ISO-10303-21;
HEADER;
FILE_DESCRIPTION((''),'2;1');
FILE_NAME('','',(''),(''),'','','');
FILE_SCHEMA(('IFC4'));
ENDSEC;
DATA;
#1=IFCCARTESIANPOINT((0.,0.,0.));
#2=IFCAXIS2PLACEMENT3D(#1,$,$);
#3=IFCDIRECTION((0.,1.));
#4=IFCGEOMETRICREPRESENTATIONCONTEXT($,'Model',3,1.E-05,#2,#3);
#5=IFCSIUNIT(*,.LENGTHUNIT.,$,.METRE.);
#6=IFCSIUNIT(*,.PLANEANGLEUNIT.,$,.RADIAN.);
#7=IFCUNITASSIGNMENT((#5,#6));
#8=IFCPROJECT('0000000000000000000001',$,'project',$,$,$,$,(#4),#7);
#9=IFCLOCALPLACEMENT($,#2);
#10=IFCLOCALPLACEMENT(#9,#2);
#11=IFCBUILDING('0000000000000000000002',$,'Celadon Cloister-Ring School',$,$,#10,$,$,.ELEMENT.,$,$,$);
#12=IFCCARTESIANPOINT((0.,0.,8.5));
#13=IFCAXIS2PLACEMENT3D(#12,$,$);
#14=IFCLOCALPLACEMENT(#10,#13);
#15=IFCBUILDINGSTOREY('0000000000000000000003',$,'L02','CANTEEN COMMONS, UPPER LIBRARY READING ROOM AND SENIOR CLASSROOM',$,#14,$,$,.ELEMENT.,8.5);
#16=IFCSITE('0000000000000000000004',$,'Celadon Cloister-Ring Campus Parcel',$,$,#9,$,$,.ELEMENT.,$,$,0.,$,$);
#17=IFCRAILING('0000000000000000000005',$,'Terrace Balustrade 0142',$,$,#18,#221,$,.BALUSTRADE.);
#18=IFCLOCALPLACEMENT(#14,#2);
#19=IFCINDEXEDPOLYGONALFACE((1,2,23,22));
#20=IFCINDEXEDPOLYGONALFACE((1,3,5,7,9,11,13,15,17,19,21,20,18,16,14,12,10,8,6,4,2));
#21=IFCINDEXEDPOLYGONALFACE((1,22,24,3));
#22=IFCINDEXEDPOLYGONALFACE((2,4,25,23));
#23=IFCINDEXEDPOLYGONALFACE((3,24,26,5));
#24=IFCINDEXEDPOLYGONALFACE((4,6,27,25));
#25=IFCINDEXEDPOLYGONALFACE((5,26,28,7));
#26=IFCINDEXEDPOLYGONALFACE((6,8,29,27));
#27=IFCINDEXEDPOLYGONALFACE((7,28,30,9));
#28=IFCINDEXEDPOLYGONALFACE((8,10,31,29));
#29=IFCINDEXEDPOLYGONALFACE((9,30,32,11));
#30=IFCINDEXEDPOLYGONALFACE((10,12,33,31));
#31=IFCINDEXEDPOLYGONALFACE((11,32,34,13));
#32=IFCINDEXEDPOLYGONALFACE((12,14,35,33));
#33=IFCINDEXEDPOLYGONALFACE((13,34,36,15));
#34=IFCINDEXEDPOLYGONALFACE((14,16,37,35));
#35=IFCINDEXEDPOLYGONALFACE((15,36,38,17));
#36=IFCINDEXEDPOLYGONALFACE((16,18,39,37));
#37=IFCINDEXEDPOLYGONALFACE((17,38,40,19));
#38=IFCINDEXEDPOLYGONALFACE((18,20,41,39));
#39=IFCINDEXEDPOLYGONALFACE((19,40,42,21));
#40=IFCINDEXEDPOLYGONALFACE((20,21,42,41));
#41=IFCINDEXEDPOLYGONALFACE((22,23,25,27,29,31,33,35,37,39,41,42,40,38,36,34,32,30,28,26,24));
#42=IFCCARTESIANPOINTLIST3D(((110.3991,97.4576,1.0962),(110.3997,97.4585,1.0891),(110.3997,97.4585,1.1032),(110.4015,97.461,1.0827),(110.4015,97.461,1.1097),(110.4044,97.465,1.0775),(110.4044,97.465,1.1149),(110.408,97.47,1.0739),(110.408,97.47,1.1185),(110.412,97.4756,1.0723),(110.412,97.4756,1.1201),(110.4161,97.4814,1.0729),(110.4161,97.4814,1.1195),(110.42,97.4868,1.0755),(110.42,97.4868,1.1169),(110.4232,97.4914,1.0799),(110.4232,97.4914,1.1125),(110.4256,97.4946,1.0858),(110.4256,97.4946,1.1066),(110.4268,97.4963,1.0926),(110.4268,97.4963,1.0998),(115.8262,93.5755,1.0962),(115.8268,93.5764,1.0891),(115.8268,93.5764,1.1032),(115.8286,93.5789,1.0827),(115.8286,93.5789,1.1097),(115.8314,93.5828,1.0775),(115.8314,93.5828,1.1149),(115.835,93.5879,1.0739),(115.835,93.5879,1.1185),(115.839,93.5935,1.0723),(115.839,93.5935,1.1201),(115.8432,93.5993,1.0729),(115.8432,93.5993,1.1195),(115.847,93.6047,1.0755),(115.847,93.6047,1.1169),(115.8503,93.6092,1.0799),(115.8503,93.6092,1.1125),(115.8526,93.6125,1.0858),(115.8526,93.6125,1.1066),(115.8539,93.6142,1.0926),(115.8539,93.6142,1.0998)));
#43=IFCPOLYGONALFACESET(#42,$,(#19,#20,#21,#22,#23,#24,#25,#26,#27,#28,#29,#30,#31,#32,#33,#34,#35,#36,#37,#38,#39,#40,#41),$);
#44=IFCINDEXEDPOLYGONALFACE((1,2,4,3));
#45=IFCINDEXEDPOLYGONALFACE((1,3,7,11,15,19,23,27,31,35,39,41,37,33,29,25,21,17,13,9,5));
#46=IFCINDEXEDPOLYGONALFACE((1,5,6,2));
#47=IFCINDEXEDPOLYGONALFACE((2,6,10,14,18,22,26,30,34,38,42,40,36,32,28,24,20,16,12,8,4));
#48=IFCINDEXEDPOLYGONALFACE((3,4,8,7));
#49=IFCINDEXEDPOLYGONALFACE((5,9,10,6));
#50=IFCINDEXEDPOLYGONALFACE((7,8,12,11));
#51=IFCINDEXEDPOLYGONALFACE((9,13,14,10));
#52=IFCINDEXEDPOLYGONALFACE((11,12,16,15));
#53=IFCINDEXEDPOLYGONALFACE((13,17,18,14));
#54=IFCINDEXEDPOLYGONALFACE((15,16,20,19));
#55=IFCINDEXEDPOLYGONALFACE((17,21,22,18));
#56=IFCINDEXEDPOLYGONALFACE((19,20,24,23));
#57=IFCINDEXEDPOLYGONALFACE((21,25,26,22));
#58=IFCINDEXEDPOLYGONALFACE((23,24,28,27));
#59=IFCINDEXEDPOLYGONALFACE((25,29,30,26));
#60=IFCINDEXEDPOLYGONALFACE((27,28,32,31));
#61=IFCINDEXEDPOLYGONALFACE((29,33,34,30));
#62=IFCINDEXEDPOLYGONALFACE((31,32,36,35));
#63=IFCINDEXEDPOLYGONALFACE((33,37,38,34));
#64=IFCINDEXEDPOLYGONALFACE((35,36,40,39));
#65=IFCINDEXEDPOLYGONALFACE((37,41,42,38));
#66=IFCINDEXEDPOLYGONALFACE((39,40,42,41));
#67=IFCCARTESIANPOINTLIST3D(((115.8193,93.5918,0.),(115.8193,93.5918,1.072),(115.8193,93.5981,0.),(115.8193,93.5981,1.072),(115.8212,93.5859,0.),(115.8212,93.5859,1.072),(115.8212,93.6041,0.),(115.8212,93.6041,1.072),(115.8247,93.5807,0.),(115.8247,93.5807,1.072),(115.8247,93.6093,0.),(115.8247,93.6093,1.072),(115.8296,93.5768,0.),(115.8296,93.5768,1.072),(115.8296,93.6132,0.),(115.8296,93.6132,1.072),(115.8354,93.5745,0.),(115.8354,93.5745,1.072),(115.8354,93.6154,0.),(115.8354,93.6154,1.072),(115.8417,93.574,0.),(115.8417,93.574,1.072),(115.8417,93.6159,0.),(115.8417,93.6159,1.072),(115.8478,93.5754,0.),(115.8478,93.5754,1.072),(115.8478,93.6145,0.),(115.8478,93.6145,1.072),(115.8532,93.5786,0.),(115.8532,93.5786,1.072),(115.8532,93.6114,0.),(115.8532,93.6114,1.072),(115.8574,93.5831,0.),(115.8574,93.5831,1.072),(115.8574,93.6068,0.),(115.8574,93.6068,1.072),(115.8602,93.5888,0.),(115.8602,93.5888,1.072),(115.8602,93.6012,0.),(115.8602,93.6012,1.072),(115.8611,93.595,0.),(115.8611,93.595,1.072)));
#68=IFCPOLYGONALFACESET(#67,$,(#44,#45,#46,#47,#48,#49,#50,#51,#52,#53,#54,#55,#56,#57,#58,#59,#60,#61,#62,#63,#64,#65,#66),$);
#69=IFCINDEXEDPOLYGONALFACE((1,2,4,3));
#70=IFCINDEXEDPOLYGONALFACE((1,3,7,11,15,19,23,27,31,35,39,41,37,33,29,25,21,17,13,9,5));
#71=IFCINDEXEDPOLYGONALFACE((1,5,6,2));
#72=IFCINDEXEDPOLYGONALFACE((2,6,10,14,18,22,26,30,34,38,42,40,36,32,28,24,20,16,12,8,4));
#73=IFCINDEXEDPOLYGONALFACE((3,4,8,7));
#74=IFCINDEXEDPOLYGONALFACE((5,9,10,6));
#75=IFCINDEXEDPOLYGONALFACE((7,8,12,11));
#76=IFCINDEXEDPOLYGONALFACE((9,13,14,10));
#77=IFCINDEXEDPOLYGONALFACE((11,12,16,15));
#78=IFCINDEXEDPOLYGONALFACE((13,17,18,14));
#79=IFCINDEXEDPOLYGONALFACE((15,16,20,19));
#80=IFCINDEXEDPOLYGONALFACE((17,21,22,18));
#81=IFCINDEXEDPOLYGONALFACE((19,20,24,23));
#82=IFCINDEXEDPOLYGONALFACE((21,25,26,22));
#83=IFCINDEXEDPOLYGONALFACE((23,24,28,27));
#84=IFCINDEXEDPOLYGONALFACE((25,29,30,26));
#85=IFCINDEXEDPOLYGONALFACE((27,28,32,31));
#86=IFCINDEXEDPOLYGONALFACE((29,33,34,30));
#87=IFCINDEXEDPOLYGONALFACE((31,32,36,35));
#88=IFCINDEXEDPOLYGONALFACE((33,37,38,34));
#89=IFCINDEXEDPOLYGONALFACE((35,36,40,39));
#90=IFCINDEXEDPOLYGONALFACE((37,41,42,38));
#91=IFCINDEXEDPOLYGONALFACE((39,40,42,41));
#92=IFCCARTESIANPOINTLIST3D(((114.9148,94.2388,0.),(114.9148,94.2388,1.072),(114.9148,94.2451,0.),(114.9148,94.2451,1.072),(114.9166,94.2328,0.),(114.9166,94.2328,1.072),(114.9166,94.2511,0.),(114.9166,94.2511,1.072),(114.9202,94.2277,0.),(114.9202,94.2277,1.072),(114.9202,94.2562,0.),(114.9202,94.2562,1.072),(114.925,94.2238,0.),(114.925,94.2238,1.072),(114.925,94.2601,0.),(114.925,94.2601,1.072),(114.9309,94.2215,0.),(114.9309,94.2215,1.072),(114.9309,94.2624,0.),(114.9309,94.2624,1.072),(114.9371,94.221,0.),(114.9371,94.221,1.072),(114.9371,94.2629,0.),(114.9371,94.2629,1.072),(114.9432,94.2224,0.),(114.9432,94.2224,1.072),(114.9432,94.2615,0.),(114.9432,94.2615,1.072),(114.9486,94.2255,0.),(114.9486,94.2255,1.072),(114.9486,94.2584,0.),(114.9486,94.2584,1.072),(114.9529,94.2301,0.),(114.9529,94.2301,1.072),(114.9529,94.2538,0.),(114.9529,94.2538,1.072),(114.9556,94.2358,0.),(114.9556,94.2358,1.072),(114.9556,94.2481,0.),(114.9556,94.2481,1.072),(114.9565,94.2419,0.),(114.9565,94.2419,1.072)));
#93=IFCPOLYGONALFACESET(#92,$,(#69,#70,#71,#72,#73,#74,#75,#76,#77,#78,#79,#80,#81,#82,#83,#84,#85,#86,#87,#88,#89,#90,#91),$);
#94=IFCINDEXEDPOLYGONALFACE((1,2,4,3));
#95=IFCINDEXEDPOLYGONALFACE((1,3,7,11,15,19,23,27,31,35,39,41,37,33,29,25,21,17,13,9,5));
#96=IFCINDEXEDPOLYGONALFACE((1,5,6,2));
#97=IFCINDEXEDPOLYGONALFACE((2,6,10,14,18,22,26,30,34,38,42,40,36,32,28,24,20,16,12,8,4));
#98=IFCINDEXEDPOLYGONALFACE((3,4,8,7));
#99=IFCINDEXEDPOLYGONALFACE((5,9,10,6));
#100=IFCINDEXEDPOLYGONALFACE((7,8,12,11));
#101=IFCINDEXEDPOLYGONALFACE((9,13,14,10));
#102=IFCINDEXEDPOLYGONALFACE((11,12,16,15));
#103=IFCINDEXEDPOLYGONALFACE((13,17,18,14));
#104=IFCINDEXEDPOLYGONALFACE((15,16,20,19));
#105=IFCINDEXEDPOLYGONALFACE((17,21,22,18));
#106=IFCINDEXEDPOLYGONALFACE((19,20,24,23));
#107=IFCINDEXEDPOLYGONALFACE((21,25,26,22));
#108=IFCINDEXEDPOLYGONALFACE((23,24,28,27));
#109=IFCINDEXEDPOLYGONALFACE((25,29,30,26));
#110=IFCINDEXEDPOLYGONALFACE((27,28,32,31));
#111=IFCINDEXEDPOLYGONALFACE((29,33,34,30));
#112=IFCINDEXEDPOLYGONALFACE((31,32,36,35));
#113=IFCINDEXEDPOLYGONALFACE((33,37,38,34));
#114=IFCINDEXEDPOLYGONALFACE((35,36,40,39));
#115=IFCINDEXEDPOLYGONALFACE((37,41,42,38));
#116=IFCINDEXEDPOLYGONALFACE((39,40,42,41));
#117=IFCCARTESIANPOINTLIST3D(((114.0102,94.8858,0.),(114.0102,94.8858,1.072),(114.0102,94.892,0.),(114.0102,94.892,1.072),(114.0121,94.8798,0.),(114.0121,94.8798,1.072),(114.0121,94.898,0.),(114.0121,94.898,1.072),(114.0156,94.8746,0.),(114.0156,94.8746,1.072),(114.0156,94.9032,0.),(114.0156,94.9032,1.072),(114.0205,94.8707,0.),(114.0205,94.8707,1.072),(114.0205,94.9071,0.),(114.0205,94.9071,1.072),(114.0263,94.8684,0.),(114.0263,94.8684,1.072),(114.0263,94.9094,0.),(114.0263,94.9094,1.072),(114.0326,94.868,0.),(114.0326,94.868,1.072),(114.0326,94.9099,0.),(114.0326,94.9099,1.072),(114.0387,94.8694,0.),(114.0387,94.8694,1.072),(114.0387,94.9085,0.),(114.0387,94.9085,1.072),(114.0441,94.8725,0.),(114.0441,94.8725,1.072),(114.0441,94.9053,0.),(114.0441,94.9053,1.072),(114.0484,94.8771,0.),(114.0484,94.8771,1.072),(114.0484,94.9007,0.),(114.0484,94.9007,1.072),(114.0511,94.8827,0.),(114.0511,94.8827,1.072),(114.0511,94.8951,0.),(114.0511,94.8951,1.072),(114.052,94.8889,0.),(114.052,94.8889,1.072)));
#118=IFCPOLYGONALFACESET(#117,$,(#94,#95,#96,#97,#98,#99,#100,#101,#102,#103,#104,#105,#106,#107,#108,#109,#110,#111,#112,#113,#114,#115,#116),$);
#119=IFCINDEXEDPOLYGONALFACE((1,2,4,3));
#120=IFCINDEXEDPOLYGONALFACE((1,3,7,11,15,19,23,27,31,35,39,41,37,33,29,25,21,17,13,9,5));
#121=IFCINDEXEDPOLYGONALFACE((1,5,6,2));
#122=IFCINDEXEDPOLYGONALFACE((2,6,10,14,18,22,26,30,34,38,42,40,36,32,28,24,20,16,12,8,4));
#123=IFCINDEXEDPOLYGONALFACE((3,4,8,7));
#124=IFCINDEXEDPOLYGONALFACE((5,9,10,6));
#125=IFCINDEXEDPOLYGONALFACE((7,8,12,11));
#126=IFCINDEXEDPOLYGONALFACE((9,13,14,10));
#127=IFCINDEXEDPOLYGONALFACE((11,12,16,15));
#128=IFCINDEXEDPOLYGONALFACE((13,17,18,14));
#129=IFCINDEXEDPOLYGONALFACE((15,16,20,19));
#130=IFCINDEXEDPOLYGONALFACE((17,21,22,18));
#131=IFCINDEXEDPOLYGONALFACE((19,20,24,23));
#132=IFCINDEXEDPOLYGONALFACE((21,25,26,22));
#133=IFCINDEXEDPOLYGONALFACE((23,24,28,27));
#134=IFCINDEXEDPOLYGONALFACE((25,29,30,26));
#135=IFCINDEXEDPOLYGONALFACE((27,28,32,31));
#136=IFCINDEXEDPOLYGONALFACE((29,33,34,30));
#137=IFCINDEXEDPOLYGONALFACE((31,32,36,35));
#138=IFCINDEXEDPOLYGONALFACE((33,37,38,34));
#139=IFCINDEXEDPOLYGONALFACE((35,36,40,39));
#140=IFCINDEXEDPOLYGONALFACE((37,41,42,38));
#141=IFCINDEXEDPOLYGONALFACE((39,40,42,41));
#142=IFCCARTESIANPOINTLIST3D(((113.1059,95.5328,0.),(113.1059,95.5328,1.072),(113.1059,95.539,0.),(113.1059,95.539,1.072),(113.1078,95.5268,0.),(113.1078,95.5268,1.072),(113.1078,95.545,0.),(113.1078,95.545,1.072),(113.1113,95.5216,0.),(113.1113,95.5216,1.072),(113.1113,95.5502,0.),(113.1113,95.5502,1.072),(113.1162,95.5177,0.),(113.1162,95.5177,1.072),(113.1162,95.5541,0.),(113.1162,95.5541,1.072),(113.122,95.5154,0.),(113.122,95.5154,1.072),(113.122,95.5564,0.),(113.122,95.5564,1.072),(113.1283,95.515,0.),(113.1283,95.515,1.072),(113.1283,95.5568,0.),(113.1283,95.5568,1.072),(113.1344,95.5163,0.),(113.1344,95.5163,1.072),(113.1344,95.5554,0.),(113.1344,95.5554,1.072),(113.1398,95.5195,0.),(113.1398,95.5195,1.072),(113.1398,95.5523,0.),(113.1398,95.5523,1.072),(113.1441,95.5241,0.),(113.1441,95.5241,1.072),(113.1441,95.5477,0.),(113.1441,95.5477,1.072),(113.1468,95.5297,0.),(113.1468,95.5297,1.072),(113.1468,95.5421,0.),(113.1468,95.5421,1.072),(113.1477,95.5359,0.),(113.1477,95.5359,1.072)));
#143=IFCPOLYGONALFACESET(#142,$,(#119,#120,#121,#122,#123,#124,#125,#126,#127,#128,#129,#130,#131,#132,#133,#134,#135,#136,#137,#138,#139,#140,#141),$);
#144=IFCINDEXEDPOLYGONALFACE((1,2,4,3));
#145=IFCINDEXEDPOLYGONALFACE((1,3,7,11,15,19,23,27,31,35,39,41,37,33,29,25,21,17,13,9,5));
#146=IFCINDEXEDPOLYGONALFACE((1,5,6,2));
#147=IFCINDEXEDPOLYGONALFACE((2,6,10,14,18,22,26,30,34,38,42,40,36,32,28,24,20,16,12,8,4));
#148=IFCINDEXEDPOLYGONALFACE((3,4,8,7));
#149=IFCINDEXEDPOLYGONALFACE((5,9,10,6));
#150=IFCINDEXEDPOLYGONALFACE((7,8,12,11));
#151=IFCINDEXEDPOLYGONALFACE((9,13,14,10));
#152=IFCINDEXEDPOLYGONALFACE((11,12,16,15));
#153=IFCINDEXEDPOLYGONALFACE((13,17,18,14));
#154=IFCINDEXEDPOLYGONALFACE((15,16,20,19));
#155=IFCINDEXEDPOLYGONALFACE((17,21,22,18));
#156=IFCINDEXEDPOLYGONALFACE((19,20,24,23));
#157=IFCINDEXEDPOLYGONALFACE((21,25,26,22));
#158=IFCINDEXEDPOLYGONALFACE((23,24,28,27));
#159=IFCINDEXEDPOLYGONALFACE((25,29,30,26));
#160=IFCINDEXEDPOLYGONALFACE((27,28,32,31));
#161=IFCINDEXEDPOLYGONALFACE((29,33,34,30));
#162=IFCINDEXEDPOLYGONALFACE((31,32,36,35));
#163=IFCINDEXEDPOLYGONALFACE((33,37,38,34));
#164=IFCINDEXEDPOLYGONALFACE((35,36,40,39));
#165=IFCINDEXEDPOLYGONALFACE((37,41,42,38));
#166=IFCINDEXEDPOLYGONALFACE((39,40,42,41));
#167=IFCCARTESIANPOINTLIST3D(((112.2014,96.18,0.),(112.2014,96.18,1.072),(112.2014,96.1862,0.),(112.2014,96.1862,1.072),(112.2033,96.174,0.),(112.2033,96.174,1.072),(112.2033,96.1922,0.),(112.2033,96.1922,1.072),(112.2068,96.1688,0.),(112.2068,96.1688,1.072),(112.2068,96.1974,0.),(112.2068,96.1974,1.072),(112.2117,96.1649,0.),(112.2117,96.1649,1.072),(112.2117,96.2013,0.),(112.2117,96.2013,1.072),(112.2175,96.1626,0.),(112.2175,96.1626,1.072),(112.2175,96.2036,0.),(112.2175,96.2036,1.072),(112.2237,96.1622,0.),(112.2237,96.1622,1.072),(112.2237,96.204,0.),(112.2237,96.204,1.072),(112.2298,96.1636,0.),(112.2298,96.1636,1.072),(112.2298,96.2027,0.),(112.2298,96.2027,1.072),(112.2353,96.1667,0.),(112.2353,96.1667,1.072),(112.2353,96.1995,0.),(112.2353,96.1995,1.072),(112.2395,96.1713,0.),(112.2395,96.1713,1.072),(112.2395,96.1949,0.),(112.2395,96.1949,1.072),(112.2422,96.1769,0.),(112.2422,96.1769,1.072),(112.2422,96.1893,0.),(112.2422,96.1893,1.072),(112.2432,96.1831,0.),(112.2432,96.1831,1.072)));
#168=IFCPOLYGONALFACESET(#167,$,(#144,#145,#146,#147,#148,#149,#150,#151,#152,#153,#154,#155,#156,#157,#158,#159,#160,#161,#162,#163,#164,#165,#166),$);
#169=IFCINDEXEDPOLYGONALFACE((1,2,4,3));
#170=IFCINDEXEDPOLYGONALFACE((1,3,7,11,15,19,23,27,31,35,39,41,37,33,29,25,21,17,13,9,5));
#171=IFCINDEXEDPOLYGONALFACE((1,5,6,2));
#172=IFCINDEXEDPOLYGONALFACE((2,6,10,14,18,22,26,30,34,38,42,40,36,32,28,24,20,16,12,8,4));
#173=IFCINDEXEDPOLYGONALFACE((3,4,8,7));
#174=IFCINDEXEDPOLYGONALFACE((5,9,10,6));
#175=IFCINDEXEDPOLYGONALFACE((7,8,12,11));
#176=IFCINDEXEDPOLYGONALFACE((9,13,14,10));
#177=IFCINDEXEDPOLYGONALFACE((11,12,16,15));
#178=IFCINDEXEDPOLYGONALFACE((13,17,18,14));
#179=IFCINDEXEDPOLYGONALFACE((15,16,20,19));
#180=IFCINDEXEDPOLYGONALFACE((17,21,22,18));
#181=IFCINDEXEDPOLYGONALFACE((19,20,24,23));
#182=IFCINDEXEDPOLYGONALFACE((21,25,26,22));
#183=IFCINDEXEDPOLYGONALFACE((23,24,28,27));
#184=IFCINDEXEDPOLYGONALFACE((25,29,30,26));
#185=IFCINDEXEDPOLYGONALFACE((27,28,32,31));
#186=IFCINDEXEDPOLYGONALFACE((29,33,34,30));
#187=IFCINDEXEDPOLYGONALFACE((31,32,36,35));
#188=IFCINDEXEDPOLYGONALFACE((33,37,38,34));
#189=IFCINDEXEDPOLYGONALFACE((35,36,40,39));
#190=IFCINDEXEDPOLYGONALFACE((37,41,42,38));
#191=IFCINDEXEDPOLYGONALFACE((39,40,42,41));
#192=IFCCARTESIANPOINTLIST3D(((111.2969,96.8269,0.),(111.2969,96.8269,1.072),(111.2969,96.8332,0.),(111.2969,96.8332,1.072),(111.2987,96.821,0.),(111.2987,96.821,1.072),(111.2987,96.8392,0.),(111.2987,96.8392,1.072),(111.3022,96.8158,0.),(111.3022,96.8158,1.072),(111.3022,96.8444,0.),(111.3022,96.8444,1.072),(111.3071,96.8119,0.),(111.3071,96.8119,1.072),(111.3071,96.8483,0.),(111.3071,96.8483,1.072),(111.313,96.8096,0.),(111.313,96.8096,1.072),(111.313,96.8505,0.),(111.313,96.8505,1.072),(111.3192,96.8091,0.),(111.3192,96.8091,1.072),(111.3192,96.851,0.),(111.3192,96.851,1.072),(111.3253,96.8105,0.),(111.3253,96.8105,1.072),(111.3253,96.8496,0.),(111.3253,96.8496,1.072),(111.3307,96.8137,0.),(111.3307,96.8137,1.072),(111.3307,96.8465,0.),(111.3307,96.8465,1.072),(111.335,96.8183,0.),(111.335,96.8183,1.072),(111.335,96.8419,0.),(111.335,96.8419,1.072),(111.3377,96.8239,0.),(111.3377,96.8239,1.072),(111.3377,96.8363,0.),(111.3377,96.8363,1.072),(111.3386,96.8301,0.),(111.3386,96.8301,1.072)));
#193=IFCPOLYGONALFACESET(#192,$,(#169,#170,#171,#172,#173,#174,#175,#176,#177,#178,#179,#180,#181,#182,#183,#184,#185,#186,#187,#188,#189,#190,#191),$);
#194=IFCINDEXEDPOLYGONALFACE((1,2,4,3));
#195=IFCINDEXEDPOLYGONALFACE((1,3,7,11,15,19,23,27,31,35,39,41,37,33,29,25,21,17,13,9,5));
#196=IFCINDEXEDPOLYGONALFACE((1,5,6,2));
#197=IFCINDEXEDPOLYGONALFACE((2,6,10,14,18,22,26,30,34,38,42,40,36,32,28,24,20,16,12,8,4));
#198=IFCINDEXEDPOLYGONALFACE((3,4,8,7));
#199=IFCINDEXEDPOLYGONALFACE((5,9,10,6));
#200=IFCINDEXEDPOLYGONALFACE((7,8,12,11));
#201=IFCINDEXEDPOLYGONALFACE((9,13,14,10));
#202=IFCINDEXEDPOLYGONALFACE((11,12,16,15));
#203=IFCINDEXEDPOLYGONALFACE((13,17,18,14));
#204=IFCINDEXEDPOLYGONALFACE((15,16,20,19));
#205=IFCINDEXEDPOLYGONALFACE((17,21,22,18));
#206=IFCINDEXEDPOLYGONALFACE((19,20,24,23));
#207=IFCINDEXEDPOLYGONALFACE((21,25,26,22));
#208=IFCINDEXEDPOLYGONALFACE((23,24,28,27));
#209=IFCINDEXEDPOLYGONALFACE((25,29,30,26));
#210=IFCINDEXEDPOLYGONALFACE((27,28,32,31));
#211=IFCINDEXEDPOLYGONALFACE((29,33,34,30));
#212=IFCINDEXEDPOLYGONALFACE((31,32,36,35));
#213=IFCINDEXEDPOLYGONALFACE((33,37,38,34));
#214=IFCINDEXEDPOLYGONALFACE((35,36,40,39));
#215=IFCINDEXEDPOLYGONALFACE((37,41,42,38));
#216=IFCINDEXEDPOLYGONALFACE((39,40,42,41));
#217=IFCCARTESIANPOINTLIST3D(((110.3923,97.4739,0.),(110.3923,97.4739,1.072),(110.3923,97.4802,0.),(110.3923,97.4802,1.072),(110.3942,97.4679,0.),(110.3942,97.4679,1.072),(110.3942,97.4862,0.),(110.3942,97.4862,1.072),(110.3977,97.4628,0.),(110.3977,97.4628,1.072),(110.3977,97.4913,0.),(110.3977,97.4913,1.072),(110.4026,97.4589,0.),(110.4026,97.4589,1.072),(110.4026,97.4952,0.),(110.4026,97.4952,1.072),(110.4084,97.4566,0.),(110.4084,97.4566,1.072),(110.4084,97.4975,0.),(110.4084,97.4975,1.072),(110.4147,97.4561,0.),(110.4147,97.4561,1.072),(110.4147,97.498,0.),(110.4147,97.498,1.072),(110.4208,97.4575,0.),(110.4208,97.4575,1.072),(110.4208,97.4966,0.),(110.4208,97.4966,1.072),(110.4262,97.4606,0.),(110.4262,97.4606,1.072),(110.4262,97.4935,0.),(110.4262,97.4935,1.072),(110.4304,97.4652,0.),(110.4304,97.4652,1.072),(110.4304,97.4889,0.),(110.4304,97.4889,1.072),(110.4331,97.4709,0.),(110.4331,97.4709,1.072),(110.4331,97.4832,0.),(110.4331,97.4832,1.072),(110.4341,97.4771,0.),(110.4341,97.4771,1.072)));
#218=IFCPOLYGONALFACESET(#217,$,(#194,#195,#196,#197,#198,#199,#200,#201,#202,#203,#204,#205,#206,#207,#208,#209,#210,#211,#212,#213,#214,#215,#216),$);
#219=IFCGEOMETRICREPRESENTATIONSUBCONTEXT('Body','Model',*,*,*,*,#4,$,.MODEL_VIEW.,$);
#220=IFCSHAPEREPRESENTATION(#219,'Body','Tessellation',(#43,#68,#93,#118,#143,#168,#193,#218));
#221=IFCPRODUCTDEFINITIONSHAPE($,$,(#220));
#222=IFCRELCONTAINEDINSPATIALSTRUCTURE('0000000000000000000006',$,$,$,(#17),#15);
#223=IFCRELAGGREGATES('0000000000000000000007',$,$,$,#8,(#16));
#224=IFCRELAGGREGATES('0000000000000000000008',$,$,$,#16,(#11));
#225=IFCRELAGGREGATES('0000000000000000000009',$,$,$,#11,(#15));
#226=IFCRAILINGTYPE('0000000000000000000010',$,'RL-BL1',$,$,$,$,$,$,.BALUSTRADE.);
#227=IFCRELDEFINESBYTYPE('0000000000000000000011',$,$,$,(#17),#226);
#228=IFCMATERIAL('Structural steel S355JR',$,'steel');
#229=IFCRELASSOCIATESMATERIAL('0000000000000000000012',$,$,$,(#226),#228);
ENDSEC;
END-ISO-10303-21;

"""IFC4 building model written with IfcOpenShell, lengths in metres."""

from ifc_helpers import new_model, si_unit, direction, frame, origin, origin_2d, place, context, subcontext, project, spatial, circle, extrude, material, type_object, element, save


model = new_model("IFC4")

# Units and contexts
model_context = context("Model", 3, precision=1e-05, world=origin(), true_north=direction((0.0, 1.0)))
body_context = subcontext(model_context, "Body", "Model", "MODEL_VIEW")
ifc_project = project(units=[si_unit("LENGTHUNIT", "METRE"), si_unit("PLANEANGLEUNIT", "RADIAN")], contexts=[model_context])

# Site, building, storey
site_placement = place(None, origin())
site = spatial("IfcSite", under=ifc_project, at=site_placement, Name="Celadon Cloister-Ring Campus Parcel", CompositionType="ELEMENT", RefElevation=0.0)
building_placement = place(site_placement, origin())
building = spatial("IfcBuilding", under=site, at=building_placement, Name="Celadon Cloister-Ring School", CompositionType="ELEMENT")
storey_placement = place(building_placement, frame((0.0, 0.0, 8.5)))
storey = spatial("IfcBuildingStorey", under=building, at=storey_placement, Name="L02", Description="CANTEEN COMMONS, UPPER LIBRARY READING ROOM AND SENIOR CLASSROOM", CompositionType="ELEMENT", Elevation=8.5)

# Railing
ifc_material_1 = material(Name="Structural steel S355JR", Category="steel")
railing_type = type_object("IfcRailingType", Name="RL-BL1", PredefinedType="BALUSTRADE", material=ifc_material_1)
railing_placement = place(storey_placement, frame((115.8401, 93.595, 0.0)))
element("IfcRailing", 1, at=railing_placement, inside=storey, type_object=railing_type, Name="Terrace Balustrade 0142", PredefinedType="BALUSTRADE", context=body_context, shape_type="SweptSolid", body=[
    extrude(circle(Radius=0.0239, at=origin_2d()), frame((0.0, 0.0, 1.0962), z_axis=(-0.813333, 0.581799, 0.0), x_axis=(-0.581799, -0.813333, 0.0)), (0.0, 0.0, 1.0), 6.6726),
    extrude(circle(Radius=0.021, at=origin_2d()), origin(), (0.0, 0.0, 1.0), 1.072),
    extrude(circle(Radius=0.021, at=origin_2d()), frame((-0.9045, 0.647, 0.0)), (0.0, 0.0, 1.0), 1.072),
    extrude(circle(Radius=0.021, at=origin_2d()), frame((-1.8091, 1.2939, 0.0)), (0.0, 0.0, 1.0), 1.072),
    extrude(circle(Radius=0.021, at=origin_2d()), frame((-2.7134, 1.9409, 0.0)), (0.0, 0.0, 1.0), 1.072),
    extrude(circle(Radius=0.021, at=origin_2d()), frame((-3.6179, 2.5881, 0.0)), (0.0, 0.0, 1.0), 1.072),
    extrude(circle(Radius=0.021, at=origin_2d()), frame((-4.5225, 3.2351, 0.0)), (0.0, 0.0, 1.0), 1.072),
    extrude(circle(Radius=0.021, at=origin_2d()), frame((-5.427, 3.8821, 0.0)), (0.0, 0.0, 1.0), 1.072),
])

save(model, "model.ifc")
